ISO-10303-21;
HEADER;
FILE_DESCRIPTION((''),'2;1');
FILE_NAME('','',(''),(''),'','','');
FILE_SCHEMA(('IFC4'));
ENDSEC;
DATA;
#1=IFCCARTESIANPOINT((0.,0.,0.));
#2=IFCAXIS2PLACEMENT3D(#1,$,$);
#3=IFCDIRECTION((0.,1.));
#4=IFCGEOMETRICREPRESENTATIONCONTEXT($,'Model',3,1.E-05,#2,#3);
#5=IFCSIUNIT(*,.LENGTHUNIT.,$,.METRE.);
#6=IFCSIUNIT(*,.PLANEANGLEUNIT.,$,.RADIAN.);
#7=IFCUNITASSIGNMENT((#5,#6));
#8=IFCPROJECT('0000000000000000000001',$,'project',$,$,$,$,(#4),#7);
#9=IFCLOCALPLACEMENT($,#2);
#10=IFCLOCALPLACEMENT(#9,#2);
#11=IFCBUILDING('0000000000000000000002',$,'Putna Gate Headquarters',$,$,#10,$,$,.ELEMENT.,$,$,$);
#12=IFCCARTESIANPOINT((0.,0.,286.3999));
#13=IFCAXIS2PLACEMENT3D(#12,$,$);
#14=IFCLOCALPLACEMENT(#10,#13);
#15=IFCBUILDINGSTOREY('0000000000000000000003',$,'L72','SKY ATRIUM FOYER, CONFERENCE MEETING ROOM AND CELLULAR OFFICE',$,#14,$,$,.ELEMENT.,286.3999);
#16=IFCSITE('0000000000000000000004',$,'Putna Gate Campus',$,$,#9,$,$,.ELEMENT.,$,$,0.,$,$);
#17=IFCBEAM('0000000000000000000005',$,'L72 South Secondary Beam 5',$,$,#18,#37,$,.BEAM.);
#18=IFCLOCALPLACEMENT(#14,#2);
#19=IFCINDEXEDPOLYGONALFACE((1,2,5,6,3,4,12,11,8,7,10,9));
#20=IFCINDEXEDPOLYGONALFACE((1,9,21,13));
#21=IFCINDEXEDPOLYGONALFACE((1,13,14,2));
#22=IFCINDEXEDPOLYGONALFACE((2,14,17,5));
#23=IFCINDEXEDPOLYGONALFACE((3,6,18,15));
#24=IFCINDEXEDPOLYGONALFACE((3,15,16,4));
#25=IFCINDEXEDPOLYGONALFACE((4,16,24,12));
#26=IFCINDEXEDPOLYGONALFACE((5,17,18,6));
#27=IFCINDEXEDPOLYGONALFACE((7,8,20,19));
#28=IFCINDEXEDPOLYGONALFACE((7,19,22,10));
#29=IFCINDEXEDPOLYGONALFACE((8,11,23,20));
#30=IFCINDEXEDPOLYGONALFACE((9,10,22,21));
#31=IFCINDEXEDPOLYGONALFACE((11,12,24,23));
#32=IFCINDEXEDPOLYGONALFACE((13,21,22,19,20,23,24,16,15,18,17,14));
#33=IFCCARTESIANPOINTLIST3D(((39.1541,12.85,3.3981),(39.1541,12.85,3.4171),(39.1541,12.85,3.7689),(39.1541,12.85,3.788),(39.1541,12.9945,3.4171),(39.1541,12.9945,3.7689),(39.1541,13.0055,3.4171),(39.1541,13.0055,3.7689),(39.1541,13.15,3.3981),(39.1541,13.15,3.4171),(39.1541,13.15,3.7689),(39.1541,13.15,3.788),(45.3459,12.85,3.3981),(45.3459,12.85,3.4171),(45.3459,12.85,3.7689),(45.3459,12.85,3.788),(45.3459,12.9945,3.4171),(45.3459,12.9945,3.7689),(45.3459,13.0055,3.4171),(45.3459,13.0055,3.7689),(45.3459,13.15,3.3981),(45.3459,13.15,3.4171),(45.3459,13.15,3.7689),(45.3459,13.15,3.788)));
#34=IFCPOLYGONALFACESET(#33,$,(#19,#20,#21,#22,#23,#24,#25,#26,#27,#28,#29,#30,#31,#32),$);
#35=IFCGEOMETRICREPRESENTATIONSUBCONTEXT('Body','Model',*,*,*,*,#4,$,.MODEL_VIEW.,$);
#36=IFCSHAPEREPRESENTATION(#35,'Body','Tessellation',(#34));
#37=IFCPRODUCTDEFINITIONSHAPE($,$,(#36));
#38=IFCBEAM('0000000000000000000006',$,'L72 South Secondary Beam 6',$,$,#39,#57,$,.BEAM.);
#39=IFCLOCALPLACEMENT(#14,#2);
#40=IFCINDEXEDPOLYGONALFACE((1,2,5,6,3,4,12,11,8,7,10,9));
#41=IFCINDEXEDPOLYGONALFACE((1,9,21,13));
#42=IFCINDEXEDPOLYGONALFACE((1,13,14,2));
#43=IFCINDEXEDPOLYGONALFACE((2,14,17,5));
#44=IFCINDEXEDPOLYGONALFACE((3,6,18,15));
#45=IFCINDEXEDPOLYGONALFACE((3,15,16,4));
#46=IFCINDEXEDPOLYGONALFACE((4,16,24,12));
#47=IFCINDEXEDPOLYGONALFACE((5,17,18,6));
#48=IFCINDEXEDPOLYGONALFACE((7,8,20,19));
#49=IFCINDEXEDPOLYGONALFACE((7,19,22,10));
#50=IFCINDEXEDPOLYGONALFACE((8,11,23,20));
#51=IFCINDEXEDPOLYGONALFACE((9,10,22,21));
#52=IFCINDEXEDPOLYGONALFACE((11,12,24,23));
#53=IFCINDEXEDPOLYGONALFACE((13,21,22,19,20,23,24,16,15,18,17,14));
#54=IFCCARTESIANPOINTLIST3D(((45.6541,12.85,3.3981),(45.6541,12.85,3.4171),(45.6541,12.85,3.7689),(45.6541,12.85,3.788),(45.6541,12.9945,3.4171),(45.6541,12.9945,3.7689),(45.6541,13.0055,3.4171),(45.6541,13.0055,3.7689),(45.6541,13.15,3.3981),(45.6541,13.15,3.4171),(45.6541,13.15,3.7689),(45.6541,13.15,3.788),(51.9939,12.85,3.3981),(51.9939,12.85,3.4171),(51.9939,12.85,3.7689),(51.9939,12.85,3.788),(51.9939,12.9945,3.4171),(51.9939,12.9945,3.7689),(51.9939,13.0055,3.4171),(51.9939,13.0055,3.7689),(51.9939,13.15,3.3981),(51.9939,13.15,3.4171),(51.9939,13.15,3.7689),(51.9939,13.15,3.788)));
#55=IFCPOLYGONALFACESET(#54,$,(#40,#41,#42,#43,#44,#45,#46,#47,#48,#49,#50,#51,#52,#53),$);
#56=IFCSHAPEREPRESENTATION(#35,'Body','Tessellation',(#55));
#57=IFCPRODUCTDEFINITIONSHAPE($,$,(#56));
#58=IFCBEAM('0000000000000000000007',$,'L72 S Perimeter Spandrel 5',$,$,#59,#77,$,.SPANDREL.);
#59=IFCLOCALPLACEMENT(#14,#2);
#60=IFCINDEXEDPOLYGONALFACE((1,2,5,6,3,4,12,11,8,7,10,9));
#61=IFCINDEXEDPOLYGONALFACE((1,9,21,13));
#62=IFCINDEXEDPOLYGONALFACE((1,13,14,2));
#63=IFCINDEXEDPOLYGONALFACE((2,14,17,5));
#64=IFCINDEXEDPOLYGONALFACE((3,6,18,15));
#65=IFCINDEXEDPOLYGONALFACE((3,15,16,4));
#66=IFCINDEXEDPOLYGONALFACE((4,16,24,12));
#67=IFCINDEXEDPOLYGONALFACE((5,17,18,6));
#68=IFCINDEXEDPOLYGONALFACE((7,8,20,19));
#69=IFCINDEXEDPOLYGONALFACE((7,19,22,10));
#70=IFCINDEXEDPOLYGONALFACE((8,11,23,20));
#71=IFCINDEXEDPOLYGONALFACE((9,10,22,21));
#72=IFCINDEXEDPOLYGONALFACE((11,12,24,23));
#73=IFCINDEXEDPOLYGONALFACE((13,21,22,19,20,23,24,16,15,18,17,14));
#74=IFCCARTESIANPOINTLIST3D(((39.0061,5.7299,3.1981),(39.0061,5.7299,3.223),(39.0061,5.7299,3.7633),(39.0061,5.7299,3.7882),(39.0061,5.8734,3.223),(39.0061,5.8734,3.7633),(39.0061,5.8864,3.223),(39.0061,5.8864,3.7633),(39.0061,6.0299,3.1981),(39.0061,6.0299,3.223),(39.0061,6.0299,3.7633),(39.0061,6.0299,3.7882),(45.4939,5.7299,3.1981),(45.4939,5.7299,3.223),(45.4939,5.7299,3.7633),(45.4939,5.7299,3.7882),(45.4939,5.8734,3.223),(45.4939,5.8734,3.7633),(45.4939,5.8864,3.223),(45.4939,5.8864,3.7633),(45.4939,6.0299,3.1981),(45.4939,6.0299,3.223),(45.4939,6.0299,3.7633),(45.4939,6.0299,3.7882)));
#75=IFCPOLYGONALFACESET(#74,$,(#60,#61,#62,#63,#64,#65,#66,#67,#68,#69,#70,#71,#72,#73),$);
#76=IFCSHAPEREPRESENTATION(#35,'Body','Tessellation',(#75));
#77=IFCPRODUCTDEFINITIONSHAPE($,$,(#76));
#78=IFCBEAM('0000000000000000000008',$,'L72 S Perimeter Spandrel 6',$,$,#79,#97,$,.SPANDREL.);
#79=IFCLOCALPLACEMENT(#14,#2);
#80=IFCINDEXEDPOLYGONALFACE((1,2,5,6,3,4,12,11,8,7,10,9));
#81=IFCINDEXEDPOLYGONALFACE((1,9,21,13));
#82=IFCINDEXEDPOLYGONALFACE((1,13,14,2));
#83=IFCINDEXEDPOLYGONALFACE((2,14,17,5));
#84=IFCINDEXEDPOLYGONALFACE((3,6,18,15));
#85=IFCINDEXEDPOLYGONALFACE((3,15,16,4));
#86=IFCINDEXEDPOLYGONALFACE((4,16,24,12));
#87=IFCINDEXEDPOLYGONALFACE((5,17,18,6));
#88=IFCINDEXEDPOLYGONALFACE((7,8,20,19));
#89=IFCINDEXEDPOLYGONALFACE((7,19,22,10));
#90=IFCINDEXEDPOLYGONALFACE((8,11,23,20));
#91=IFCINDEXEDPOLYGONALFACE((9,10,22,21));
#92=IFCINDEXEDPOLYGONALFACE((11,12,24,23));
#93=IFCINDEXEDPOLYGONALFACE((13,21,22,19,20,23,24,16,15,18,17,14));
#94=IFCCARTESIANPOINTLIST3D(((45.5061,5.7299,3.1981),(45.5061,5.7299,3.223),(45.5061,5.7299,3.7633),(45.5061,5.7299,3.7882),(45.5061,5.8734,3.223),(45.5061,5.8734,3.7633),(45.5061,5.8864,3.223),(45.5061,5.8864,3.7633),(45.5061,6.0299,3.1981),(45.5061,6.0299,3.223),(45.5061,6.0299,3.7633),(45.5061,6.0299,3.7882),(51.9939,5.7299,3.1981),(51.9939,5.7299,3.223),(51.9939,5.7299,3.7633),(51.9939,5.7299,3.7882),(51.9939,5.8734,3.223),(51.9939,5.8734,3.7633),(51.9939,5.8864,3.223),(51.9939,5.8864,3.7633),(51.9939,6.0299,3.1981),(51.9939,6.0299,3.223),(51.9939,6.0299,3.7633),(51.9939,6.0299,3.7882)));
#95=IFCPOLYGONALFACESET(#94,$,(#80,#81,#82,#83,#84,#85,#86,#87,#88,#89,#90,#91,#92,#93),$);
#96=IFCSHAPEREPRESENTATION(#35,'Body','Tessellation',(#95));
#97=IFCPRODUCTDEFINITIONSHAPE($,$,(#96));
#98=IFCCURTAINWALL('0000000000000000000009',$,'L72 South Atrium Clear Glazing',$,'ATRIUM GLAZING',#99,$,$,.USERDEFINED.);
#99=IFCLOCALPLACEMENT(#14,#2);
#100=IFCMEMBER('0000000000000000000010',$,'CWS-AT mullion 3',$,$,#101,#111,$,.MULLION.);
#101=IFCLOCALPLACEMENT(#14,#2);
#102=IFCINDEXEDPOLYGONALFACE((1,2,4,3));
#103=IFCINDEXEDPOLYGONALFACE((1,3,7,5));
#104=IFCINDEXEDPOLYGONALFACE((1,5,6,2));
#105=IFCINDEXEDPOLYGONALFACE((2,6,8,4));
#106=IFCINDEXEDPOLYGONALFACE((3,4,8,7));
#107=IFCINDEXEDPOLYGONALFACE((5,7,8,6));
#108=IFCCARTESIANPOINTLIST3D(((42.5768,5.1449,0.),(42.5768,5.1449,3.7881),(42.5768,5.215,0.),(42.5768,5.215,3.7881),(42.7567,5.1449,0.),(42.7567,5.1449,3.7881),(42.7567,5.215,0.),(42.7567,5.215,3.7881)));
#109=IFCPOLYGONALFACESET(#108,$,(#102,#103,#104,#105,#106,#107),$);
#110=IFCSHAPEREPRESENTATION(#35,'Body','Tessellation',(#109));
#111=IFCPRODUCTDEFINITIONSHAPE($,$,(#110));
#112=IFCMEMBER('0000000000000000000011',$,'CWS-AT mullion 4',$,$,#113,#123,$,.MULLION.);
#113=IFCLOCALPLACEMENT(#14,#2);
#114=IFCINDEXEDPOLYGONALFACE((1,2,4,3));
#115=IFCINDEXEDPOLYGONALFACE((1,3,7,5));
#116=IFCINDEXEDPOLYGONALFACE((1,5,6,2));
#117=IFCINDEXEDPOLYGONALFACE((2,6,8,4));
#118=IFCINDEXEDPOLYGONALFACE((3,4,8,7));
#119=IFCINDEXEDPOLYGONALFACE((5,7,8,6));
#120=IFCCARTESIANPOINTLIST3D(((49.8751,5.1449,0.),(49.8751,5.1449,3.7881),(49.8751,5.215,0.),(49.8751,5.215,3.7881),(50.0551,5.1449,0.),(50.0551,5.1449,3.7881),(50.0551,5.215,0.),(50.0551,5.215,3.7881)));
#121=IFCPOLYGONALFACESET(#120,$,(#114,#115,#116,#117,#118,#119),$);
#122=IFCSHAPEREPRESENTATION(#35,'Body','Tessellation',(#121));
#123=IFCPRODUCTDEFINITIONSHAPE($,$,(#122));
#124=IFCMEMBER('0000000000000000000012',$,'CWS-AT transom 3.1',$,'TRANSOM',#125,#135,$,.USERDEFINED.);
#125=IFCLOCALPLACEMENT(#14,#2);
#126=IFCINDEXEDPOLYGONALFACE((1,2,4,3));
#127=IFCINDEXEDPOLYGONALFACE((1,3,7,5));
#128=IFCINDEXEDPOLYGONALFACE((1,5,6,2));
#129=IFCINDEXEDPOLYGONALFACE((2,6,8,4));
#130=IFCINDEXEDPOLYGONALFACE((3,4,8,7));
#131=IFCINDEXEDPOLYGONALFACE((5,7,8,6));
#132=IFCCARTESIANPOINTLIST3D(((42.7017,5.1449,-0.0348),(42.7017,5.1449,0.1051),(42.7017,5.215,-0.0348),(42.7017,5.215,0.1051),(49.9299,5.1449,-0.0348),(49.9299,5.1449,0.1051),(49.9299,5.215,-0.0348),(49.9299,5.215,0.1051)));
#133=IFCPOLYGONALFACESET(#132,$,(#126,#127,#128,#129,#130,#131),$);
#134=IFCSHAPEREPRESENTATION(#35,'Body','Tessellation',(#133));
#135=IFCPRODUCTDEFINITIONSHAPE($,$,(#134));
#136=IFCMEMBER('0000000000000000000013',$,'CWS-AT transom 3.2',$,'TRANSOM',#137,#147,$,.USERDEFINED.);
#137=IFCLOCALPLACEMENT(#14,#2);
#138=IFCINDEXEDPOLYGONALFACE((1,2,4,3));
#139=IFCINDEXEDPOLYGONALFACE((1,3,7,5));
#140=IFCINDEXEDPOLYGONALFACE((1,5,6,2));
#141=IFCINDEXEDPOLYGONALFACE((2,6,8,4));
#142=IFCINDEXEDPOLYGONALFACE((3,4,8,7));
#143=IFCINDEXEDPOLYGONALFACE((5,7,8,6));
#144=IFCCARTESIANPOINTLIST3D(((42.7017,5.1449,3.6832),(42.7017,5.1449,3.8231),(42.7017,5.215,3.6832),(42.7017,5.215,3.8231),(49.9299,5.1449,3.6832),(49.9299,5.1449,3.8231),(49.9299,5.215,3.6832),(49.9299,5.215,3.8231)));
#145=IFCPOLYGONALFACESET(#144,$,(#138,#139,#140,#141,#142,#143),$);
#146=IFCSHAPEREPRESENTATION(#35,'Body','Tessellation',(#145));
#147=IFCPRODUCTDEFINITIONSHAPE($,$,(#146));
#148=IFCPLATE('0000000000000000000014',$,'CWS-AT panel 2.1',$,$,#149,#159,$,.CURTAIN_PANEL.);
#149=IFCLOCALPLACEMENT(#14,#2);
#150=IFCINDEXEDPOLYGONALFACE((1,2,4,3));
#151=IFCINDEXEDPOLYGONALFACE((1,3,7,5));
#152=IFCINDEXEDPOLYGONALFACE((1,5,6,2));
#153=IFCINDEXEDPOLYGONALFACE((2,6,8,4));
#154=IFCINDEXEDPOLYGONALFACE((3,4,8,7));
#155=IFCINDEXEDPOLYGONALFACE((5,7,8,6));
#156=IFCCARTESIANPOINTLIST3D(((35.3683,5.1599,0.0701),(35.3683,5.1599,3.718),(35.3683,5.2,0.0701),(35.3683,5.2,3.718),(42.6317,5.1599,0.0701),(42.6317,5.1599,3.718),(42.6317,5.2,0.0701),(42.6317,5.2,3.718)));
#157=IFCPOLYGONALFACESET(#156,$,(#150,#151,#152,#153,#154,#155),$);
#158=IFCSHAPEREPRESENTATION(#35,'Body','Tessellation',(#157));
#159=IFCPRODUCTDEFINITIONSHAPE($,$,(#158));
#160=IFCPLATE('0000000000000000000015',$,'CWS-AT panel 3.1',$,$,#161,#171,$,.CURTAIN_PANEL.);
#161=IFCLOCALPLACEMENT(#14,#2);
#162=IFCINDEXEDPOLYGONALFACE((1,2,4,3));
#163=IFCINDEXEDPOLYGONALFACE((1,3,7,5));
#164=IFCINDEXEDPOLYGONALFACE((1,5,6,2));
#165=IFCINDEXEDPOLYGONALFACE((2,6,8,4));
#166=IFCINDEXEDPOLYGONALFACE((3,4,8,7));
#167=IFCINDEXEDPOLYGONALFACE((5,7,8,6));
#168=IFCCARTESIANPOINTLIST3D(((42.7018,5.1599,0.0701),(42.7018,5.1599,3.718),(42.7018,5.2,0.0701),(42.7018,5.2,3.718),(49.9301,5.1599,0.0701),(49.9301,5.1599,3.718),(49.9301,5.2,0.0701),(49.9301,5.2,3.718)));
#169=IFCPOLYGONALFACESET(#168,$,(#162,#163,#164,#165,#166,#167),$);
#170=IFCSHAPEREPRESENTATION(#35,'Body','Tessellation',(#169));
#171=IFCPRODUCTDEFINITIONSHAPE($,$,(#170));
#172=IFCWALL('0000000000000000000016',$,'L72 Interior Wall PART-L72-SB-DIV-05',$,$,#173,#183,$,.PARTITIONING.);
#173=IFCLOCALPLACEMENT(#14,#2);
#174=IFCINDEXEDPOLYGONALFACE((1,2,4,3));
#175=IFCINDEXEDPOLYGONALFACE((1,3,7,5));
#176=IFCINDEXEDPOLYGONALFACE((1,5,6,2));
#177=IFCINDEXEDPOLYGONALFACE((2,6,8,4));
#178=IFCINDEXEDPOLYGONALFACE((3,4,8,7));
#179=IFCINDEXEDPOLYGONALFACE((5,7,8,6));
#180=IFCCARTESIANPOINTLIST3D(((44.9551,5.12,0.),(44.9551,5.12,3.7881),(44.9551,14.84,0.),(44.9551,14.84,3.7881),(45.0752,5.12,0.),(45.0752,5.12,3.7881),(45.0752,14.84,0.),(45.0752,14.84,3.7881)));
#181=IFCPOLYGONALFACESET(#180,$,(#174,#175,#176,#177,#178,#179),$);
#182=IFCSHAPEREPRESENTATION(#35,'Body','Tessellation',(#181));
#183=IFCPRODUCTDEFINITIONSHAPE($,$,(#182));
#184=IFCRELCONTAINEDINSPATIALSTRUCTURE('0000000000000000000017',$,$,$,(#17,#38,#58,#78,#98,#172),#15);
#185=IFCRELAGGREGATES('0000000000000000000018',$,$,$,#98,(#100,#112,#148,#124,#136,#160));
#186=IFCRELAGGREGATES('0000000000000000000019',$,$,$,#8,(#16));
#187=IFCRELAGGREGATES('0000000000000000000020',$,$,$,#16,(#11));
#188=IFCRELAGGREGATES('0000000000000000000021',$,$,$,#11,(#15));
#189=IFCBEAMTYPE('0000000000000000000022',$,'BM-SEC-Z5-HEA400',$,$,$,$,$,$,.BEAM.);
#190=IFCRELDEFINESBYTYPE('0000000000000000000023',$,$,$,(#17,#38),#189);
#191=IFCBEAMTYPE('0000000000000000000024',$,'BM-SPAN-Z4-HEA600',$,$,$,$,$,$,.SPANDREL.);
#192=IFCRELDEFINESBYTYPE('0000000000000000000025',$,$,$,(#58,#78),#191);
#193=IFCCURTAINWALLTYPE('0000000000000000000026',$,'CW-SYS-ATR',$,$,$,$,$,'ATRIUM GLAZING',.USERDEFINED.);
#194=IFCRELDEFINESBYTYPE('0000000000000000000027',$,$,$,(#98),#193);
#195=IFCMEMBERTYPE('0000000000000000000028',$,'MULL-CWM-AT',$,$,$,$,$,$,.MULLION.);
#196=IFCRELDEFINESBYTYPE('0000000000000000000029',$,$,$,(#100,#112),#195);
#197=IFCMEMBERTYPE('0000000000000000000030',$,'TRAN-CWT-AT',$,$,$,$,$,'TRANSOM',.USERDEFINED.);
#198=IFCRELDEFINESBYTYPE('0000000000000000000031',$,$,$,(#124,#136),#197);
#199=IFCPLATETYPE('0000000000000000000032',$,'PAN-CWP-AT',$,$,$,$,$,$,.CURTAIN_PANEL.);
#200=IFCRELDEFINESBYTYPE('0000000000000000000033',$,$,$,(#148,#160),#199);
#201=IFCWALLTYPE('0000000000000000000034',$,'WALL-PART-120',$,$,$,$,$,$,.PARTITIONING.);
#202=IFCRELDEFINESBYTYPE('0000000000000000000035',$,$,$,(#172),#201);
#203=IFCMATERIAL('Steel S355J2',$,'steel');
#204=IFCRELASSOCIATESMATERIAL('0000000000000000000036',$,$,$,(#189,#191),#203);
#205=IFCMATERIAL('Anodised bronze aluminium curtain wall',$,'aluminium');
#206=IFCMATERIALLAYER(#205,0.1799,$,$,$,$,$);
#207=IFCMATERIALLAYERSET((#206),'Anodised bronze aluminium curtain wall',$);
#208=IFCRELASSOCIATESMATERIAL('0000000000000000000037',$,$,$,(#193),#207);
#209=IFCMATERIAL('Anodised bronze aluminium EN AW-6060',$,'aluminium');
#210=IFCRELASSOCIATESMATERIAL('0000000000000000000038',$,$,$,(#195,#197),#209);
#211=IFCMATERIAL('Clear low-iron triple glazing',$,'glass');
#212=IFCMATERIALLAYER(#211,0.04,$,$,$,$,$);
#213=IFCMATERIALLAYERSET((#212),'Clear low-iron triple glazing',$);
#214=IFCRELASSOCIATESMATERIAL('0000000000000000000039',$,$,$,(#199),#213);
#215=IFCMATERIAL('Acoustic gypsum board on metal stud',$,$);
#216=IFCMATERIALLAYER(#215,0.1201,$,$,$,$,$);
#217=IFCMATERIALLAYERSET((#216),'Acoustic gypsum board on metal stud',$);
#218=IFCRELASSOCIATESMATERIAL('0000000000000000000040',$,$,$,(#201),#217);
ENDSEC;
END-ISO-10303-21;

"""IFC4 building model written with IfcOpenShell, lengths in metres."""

from ifc_helpers import new_model, si_unit, direction, frame, frame_2d, origin, origin_2d, place, context, subcontext, project, spatial, rectangle, i_section, extrude, material, layer, layer_set, material_profile, profile_set, type_object, element, aggregate, save


model = new_model("IFC4")

# Units and contexts
model_context = context("Model", 3, precision=1e-05, world=origin(), true_north=direction((0.0, 1.0)))
body_context = subcontext(model_context, "Body", "Model", "MODEL_VIEW")
ifc_project = project(units=[si_unit("LENGTHUNIT", "METRE"), si_unit("PLANEANGLEUNIT", "RADIAN")], contexts=[model_context])

# Site, building, storey
site_placement = place(None, origin())
site = spatial("IfcSite", under=ifc_project, at=site_placement, Name="Putna Gate Campus", CompositionType="ELEMENT", RefElevation=0.0)
building_placement = place(site_placement, origin())
building = spatial("IfcBuilding", under=site, at=building_placement, Name="Putna Gate Headquarters", CompositionType="ELEMENT")
storey_placement = place(building_placement, frame((0.0, 0.0, 286.3999)))
storey = spatial("IfcBuildingStorey", under=building, at=storey_placement, Name="L72", Description="SKY ATRIUM FOYER, CONFERENCE MEETING ROOM AND CELLULAR OFFICE", CompositionType="ELEMENT", Elevation=286.3999)

# Beams
ifc_material_1 = material(Name="Steel S355J2", Category="steel")
ifc_material_profile_1 = material_profile(ifc_material_1, i_section(OverallWidth=0.3, OverallDepth=0.3899, WebThickness=0.011, FlangeThickness=0.019, at=origin_2d()), Name="Steel S355J2")
ifc_profile_set_1 = profile_set([ifc_material_profile_1], Name="Steel S355J2")
beam_type_1 = type_object("IfcBeamType", Name="BM-SEC-Z5-HEA400", PredefinedType="BEAM", material=ifc_profile_set_1)
beam_1_placement = place(storey_placement, frame((39.1541, 13.0, 3.593), z_axis=(1.0, 0.0, 0.0), x_axis=(0.0, 1.0, 0.0)))
element("IfcBeam", 1, at=beam_1_placement, inside=storey, type_object=beam_type_1, Name="L72 South Secondary Beam 5", PredefinedType="BEAM", context=body_context, shape_type="SweptSolid", body=[
    extrude(i_section(OverallWidth=0.3, OverallDepth=0.3899, WebThickness=0.011, FlangeThickness=0.019, at=origin_2d()), origin(), (0.0, 0.0, 1.0), 6.1919),
])
beam_2_placement = place(storey_placement, frame((45.6541, 13.0, 3.593), z_axis=(1.0, 0.0, 0.0), x_axis=(0.0, 1.0, 0.0)))
element("IfcBeam", 2, at=beam_2_placement, inside=storey, type_object=beam_type_1, Name="L72 South Secondary Beam 6", PredefinedType="BEAM", context=body_context, shape_type="SweptSolid", body=[
    extrude(i_section(OverallWidth=0.3, OverallDepth=0.3899, WebThickness=0.011, FlangeThickness=0.019, at=origin_2d()), origin(), (0.0, 0.0, 1.0), 6.3398),
])
ifc_material_profile_2 = material_profile(ifc_material_1, i_section(OverallWidth=0.3, OverallDepth=0.5901, WebThickness=0.0129, FlangeThickness=0.0249, at=origin_2d()), Name="Steel S355J2")
ifc_profile_set_2 = profile_set([ifc_material_profile_2], Name="Steel S355J2")
beam_type_2 = type_object("IfcBeamType", Name="BM-SPAN-Z4-HEA600", PredefinedType="SPANDREL", material=ifc_profile_set_2)
for number, where, z_axis, x_axis, name in (
    (3, (39.0061, 5.8799, 3.4932), (1.0, 0.0, 0.0), (0.0, 1.0, 0.0), "L72 S Perimeter Spandrel 5"),
    (4, (45.5061, 5.8799, 3.4932), (1.0, 0.0, 0.0), (0.0, 1.0, 0.0), "L72 S Perimeter Spandrel 6"),
):
    element("IfcBeam", number, at=place(storey_placement, frame(where, z_axis=z_axis, x_axis=x_axis)), inside=storey, type_object=beam_type_2, Name=name, PredefinedType="SPANDREL", context=body_context, shape_type="SweptSolid", body=[
        extrude(i_section(OverallWidth=0.3, OverallDepth=0.5901, WebThickness=0.0129, FlangeThickness=0.0249, at=origin_2d()), origin(), (0.0, 0.0, 1.0), 6.4878),
    ])

# Curtain wall, members, plates
ifc_material_2 = material(Name="Anodised bronze aluminium curtain wall", Category="aluminium")
ifc_layer_1 = layer(ifc_material_2, 0.1799)
ifc_layer_set_1 = layer_set([ifc_layer_1], Name="Anodised bronze aluminium curtain wall")
curtain_wall_type = type_object("IfcCurtainWallType", Name="CW-SYS-ATR", ElementType="ATRIUM GLAZING", PredefinedType="USERDEFINED", material=ifc_layer_set_1)
curtain_wall_placement = place(storey_placement, origin())
curtain_wall = element("IfcCurtainWall", 5, at=curtain_wall_placement, inside=storey, type_object=curtain_wall_type, Name="L72 South Atrium Clear Glazing", ObjectType="ATRIUM GLAZING", PredefinedType="USERDEFINED")
ifc_material_3 = material(Name="Anodised bronze aluminium EN AW-6060", Category="aluminium")
ifc_material_profile_3 = material_profile(ifc_material_3, rectangle(XDim=0.0701, YDim=0.1799, at=origin_2d()), Name="Anodised bronze aluminium EN AW-6060")
ifc_profile_set_3 = profile_set([ifc_material_profile_3], Name="Anodised bronze aluminium EN AW-6060")
member_type_1 = type_object("IfcMemberType", Name="MULL-CWM-AT", PredefinedType="MULLION", material=ifc_profile_set_3)
member_1_placement = place(storey_placement, frame((42.6667, 5.1799, 0.0), z_axis=(0.0, 0.0, 1.0), x_axis=(0.0, 1.0, 0.0)))
member_1 = element("IfcMember", 6, at=member_1_placement, type_object=member_type_1, Name="CWS-AT mullion 3", PredefinedType="MULLION", context=body_context, shape_type="SweptSolid", body=[
    extrude(rectangle(XDim=0.0701, YDim=0.1799, at=origin_2d()), origin(), (0.0, 0.0, 1.0), 3.7881),
])
member_2_placement = place(storey_placement, frame((49.9651, 5.1799, 0.0), z_axis=(0.0, 0.0, 1.0), x_axis=(0.0, 1.0, 0.0)))
member_2 = element("IfcMember", 7, at=member_2_placement, type_object=member_type_1, Name="CWS-AT mullion 4", PredefinedType="MULLION", context=body_context, shape_type="SweptSolid", body=[
    extrude(rectangle(XDim=0.0701, YDim=0.1799, at=origin_2d()), origin(), (0.0, 0.0, 1.0), 3.7881),
])
ifc_material_profile_4 = material_profile(ifc_material_3, rectangle(XDim=0.0701, YDim=0.1399, at=origin_2d()), Name="Anodised bronze aluminium EN AW-6060")
ifc_profile_set_4 = profile_set([ifc_material_profile_4], Name="Anodised bronze aluminium EN AW-6060")
member_type_2 = type_object("IfcMemberType", Name="TRAN-CWT-AT", ElementType="TRANSOM", PredefinedType="USERDEFINED", material=ifc_profile_set_4)
member_3_placement = place(storey_placement, frame((42.7017, 5.1799, 0.0352), z_axis=(1.0, 0.0, 0.0), x_axis=(0.0, 1.0, 0.0)))
member_3 = element("IfcMember", 8, at=member_3_placement, type_object=member_type_2, Name="CWS-AT transom 3.1", ObjectType="TRANSOM", PredefinedType="USERDEFINED", context=body_context, shape_type="SweptSolid", body=[
    extrude(rectangle(XDim=0.0701, YDim=0.1399, at=origin_2d()), origin(), (0.0, 0.0, 1.0), 7.2283),
])
member_4_placement = place(storey_placement, frame((42.7017, 5.1799, 3.7532), z_axis=(1.0, 0.0, 0.0), x_axis=(0.0, 1.0, 0.0)))
member_4 = element("IfcMember", 9, at=member_4_placement, type_object=member_type_2, Name="CWS-AT transom 3.2", ObjectType="TRANSOM", PredefinedType="USERDEFINED", context=body_context, shape_type="SweptSolid", body=[
    extrude(rectangle(XDim=0.0701, YDim=0.1399, at=origin_2d()), origin(), (0.0, 0.0, 1.0), 7.2283),
])
ifc_material_4 = material(Name="Clear low-iron triple glazing", Category="glass")
ifc_layer_2 = layer(ifc_material_4, 0.04)
ifc_layer_set_2 = layer_set([ifc_layer_2], Name="Clear low-iron triple glazing")
plate_type = type_object("IfcPlateType", Name="PAN-CWP-AT", PredefinedType="CURTAIN_PANEL", material=ifc_layer_set_2)
plate_1_placement = place(storey_placement, frame((39.0, 5.1799, 0.0701), z_axis=(0.0, 0.0, 1.0), x_axis=(1.0, 0.0, 0.0)))
plate_1 = element("IfcPlate", 10, at=plate_1_placement, type_object=plate_type, Name="CWS-AT panel 2.1", PredefinedType="CURTAIN_PANEL", context=body_context, shape_type="SweptSolid", body=[
    extrude(rectangle(XDim=7.2634, YDim=0.04, at=origin_2d()), origin(), (0.0, 0.0, 1.0), 3.6479),
])
plate_2_placement = place(storey_placement, frame((46.3159, 5.1799, 0.0701), z_axis=(0.0, 0.0, 1.0), x_axis=(1.0, 0.0, 0.0)))
plate_2 = element("IfcPlate", 11, at=plate_2_placement, type_object=plate_type, Name="CWS-AT panel 3.1", PredefinedType="CURTAIN_PANEL", context=body_context, shape_type="SweptSolid", body=[
    extrude(rectangle(XDim=7.2283, YDim=0.04, at=origin_2d()), origin(), (0.0, 0.0, 1.0), 3.6479),
])
aggregate(curtain_wall, [member_1, member_2, plate_1, member_3, member_4, plate_2])

# Wall
ifc_material_5 = material(Name="Acoustic gypsum board on metal stud")
ifc_layer_3 = layer(ifc_material_5, 0.1201)
ifc_layer_set_3 = layer_set([ifc_layer_3], Name="Acoustic gypsum board on metal stud")
wall_type_1 = type_object("IfcWallType", Name="WALL-PART-120", PredefinedType="PARTITIONING", material=ifc_layer_set_3)
for number, where, z_axis, x_axis, name in (
    (12, (45.0151, 5.1201, 0.0), (0.0, 0.0, 1.0), (0.0, 1.0, 0.0), "L72 Interior Wall PART-L72-SB-DIV-05"),
):
    element("IfcWall", number, at=place(storey_placement, frame(where, z_axis=z_axis, x_axis=x_axis)), inside=storey, type_object=wall_type_1, Name=name, PredefinedType="PARTITIONING", context=body_context, shape_type="SweptSolid", body=[
        extrude(rectangle(XDim=9.72, YDim=0.1201, at=frame_2d((4.8599, 0.0))), origin(), (0.0, 0.0, 1.0), 3.7881),
    ])

save(model, "model.ifc")
